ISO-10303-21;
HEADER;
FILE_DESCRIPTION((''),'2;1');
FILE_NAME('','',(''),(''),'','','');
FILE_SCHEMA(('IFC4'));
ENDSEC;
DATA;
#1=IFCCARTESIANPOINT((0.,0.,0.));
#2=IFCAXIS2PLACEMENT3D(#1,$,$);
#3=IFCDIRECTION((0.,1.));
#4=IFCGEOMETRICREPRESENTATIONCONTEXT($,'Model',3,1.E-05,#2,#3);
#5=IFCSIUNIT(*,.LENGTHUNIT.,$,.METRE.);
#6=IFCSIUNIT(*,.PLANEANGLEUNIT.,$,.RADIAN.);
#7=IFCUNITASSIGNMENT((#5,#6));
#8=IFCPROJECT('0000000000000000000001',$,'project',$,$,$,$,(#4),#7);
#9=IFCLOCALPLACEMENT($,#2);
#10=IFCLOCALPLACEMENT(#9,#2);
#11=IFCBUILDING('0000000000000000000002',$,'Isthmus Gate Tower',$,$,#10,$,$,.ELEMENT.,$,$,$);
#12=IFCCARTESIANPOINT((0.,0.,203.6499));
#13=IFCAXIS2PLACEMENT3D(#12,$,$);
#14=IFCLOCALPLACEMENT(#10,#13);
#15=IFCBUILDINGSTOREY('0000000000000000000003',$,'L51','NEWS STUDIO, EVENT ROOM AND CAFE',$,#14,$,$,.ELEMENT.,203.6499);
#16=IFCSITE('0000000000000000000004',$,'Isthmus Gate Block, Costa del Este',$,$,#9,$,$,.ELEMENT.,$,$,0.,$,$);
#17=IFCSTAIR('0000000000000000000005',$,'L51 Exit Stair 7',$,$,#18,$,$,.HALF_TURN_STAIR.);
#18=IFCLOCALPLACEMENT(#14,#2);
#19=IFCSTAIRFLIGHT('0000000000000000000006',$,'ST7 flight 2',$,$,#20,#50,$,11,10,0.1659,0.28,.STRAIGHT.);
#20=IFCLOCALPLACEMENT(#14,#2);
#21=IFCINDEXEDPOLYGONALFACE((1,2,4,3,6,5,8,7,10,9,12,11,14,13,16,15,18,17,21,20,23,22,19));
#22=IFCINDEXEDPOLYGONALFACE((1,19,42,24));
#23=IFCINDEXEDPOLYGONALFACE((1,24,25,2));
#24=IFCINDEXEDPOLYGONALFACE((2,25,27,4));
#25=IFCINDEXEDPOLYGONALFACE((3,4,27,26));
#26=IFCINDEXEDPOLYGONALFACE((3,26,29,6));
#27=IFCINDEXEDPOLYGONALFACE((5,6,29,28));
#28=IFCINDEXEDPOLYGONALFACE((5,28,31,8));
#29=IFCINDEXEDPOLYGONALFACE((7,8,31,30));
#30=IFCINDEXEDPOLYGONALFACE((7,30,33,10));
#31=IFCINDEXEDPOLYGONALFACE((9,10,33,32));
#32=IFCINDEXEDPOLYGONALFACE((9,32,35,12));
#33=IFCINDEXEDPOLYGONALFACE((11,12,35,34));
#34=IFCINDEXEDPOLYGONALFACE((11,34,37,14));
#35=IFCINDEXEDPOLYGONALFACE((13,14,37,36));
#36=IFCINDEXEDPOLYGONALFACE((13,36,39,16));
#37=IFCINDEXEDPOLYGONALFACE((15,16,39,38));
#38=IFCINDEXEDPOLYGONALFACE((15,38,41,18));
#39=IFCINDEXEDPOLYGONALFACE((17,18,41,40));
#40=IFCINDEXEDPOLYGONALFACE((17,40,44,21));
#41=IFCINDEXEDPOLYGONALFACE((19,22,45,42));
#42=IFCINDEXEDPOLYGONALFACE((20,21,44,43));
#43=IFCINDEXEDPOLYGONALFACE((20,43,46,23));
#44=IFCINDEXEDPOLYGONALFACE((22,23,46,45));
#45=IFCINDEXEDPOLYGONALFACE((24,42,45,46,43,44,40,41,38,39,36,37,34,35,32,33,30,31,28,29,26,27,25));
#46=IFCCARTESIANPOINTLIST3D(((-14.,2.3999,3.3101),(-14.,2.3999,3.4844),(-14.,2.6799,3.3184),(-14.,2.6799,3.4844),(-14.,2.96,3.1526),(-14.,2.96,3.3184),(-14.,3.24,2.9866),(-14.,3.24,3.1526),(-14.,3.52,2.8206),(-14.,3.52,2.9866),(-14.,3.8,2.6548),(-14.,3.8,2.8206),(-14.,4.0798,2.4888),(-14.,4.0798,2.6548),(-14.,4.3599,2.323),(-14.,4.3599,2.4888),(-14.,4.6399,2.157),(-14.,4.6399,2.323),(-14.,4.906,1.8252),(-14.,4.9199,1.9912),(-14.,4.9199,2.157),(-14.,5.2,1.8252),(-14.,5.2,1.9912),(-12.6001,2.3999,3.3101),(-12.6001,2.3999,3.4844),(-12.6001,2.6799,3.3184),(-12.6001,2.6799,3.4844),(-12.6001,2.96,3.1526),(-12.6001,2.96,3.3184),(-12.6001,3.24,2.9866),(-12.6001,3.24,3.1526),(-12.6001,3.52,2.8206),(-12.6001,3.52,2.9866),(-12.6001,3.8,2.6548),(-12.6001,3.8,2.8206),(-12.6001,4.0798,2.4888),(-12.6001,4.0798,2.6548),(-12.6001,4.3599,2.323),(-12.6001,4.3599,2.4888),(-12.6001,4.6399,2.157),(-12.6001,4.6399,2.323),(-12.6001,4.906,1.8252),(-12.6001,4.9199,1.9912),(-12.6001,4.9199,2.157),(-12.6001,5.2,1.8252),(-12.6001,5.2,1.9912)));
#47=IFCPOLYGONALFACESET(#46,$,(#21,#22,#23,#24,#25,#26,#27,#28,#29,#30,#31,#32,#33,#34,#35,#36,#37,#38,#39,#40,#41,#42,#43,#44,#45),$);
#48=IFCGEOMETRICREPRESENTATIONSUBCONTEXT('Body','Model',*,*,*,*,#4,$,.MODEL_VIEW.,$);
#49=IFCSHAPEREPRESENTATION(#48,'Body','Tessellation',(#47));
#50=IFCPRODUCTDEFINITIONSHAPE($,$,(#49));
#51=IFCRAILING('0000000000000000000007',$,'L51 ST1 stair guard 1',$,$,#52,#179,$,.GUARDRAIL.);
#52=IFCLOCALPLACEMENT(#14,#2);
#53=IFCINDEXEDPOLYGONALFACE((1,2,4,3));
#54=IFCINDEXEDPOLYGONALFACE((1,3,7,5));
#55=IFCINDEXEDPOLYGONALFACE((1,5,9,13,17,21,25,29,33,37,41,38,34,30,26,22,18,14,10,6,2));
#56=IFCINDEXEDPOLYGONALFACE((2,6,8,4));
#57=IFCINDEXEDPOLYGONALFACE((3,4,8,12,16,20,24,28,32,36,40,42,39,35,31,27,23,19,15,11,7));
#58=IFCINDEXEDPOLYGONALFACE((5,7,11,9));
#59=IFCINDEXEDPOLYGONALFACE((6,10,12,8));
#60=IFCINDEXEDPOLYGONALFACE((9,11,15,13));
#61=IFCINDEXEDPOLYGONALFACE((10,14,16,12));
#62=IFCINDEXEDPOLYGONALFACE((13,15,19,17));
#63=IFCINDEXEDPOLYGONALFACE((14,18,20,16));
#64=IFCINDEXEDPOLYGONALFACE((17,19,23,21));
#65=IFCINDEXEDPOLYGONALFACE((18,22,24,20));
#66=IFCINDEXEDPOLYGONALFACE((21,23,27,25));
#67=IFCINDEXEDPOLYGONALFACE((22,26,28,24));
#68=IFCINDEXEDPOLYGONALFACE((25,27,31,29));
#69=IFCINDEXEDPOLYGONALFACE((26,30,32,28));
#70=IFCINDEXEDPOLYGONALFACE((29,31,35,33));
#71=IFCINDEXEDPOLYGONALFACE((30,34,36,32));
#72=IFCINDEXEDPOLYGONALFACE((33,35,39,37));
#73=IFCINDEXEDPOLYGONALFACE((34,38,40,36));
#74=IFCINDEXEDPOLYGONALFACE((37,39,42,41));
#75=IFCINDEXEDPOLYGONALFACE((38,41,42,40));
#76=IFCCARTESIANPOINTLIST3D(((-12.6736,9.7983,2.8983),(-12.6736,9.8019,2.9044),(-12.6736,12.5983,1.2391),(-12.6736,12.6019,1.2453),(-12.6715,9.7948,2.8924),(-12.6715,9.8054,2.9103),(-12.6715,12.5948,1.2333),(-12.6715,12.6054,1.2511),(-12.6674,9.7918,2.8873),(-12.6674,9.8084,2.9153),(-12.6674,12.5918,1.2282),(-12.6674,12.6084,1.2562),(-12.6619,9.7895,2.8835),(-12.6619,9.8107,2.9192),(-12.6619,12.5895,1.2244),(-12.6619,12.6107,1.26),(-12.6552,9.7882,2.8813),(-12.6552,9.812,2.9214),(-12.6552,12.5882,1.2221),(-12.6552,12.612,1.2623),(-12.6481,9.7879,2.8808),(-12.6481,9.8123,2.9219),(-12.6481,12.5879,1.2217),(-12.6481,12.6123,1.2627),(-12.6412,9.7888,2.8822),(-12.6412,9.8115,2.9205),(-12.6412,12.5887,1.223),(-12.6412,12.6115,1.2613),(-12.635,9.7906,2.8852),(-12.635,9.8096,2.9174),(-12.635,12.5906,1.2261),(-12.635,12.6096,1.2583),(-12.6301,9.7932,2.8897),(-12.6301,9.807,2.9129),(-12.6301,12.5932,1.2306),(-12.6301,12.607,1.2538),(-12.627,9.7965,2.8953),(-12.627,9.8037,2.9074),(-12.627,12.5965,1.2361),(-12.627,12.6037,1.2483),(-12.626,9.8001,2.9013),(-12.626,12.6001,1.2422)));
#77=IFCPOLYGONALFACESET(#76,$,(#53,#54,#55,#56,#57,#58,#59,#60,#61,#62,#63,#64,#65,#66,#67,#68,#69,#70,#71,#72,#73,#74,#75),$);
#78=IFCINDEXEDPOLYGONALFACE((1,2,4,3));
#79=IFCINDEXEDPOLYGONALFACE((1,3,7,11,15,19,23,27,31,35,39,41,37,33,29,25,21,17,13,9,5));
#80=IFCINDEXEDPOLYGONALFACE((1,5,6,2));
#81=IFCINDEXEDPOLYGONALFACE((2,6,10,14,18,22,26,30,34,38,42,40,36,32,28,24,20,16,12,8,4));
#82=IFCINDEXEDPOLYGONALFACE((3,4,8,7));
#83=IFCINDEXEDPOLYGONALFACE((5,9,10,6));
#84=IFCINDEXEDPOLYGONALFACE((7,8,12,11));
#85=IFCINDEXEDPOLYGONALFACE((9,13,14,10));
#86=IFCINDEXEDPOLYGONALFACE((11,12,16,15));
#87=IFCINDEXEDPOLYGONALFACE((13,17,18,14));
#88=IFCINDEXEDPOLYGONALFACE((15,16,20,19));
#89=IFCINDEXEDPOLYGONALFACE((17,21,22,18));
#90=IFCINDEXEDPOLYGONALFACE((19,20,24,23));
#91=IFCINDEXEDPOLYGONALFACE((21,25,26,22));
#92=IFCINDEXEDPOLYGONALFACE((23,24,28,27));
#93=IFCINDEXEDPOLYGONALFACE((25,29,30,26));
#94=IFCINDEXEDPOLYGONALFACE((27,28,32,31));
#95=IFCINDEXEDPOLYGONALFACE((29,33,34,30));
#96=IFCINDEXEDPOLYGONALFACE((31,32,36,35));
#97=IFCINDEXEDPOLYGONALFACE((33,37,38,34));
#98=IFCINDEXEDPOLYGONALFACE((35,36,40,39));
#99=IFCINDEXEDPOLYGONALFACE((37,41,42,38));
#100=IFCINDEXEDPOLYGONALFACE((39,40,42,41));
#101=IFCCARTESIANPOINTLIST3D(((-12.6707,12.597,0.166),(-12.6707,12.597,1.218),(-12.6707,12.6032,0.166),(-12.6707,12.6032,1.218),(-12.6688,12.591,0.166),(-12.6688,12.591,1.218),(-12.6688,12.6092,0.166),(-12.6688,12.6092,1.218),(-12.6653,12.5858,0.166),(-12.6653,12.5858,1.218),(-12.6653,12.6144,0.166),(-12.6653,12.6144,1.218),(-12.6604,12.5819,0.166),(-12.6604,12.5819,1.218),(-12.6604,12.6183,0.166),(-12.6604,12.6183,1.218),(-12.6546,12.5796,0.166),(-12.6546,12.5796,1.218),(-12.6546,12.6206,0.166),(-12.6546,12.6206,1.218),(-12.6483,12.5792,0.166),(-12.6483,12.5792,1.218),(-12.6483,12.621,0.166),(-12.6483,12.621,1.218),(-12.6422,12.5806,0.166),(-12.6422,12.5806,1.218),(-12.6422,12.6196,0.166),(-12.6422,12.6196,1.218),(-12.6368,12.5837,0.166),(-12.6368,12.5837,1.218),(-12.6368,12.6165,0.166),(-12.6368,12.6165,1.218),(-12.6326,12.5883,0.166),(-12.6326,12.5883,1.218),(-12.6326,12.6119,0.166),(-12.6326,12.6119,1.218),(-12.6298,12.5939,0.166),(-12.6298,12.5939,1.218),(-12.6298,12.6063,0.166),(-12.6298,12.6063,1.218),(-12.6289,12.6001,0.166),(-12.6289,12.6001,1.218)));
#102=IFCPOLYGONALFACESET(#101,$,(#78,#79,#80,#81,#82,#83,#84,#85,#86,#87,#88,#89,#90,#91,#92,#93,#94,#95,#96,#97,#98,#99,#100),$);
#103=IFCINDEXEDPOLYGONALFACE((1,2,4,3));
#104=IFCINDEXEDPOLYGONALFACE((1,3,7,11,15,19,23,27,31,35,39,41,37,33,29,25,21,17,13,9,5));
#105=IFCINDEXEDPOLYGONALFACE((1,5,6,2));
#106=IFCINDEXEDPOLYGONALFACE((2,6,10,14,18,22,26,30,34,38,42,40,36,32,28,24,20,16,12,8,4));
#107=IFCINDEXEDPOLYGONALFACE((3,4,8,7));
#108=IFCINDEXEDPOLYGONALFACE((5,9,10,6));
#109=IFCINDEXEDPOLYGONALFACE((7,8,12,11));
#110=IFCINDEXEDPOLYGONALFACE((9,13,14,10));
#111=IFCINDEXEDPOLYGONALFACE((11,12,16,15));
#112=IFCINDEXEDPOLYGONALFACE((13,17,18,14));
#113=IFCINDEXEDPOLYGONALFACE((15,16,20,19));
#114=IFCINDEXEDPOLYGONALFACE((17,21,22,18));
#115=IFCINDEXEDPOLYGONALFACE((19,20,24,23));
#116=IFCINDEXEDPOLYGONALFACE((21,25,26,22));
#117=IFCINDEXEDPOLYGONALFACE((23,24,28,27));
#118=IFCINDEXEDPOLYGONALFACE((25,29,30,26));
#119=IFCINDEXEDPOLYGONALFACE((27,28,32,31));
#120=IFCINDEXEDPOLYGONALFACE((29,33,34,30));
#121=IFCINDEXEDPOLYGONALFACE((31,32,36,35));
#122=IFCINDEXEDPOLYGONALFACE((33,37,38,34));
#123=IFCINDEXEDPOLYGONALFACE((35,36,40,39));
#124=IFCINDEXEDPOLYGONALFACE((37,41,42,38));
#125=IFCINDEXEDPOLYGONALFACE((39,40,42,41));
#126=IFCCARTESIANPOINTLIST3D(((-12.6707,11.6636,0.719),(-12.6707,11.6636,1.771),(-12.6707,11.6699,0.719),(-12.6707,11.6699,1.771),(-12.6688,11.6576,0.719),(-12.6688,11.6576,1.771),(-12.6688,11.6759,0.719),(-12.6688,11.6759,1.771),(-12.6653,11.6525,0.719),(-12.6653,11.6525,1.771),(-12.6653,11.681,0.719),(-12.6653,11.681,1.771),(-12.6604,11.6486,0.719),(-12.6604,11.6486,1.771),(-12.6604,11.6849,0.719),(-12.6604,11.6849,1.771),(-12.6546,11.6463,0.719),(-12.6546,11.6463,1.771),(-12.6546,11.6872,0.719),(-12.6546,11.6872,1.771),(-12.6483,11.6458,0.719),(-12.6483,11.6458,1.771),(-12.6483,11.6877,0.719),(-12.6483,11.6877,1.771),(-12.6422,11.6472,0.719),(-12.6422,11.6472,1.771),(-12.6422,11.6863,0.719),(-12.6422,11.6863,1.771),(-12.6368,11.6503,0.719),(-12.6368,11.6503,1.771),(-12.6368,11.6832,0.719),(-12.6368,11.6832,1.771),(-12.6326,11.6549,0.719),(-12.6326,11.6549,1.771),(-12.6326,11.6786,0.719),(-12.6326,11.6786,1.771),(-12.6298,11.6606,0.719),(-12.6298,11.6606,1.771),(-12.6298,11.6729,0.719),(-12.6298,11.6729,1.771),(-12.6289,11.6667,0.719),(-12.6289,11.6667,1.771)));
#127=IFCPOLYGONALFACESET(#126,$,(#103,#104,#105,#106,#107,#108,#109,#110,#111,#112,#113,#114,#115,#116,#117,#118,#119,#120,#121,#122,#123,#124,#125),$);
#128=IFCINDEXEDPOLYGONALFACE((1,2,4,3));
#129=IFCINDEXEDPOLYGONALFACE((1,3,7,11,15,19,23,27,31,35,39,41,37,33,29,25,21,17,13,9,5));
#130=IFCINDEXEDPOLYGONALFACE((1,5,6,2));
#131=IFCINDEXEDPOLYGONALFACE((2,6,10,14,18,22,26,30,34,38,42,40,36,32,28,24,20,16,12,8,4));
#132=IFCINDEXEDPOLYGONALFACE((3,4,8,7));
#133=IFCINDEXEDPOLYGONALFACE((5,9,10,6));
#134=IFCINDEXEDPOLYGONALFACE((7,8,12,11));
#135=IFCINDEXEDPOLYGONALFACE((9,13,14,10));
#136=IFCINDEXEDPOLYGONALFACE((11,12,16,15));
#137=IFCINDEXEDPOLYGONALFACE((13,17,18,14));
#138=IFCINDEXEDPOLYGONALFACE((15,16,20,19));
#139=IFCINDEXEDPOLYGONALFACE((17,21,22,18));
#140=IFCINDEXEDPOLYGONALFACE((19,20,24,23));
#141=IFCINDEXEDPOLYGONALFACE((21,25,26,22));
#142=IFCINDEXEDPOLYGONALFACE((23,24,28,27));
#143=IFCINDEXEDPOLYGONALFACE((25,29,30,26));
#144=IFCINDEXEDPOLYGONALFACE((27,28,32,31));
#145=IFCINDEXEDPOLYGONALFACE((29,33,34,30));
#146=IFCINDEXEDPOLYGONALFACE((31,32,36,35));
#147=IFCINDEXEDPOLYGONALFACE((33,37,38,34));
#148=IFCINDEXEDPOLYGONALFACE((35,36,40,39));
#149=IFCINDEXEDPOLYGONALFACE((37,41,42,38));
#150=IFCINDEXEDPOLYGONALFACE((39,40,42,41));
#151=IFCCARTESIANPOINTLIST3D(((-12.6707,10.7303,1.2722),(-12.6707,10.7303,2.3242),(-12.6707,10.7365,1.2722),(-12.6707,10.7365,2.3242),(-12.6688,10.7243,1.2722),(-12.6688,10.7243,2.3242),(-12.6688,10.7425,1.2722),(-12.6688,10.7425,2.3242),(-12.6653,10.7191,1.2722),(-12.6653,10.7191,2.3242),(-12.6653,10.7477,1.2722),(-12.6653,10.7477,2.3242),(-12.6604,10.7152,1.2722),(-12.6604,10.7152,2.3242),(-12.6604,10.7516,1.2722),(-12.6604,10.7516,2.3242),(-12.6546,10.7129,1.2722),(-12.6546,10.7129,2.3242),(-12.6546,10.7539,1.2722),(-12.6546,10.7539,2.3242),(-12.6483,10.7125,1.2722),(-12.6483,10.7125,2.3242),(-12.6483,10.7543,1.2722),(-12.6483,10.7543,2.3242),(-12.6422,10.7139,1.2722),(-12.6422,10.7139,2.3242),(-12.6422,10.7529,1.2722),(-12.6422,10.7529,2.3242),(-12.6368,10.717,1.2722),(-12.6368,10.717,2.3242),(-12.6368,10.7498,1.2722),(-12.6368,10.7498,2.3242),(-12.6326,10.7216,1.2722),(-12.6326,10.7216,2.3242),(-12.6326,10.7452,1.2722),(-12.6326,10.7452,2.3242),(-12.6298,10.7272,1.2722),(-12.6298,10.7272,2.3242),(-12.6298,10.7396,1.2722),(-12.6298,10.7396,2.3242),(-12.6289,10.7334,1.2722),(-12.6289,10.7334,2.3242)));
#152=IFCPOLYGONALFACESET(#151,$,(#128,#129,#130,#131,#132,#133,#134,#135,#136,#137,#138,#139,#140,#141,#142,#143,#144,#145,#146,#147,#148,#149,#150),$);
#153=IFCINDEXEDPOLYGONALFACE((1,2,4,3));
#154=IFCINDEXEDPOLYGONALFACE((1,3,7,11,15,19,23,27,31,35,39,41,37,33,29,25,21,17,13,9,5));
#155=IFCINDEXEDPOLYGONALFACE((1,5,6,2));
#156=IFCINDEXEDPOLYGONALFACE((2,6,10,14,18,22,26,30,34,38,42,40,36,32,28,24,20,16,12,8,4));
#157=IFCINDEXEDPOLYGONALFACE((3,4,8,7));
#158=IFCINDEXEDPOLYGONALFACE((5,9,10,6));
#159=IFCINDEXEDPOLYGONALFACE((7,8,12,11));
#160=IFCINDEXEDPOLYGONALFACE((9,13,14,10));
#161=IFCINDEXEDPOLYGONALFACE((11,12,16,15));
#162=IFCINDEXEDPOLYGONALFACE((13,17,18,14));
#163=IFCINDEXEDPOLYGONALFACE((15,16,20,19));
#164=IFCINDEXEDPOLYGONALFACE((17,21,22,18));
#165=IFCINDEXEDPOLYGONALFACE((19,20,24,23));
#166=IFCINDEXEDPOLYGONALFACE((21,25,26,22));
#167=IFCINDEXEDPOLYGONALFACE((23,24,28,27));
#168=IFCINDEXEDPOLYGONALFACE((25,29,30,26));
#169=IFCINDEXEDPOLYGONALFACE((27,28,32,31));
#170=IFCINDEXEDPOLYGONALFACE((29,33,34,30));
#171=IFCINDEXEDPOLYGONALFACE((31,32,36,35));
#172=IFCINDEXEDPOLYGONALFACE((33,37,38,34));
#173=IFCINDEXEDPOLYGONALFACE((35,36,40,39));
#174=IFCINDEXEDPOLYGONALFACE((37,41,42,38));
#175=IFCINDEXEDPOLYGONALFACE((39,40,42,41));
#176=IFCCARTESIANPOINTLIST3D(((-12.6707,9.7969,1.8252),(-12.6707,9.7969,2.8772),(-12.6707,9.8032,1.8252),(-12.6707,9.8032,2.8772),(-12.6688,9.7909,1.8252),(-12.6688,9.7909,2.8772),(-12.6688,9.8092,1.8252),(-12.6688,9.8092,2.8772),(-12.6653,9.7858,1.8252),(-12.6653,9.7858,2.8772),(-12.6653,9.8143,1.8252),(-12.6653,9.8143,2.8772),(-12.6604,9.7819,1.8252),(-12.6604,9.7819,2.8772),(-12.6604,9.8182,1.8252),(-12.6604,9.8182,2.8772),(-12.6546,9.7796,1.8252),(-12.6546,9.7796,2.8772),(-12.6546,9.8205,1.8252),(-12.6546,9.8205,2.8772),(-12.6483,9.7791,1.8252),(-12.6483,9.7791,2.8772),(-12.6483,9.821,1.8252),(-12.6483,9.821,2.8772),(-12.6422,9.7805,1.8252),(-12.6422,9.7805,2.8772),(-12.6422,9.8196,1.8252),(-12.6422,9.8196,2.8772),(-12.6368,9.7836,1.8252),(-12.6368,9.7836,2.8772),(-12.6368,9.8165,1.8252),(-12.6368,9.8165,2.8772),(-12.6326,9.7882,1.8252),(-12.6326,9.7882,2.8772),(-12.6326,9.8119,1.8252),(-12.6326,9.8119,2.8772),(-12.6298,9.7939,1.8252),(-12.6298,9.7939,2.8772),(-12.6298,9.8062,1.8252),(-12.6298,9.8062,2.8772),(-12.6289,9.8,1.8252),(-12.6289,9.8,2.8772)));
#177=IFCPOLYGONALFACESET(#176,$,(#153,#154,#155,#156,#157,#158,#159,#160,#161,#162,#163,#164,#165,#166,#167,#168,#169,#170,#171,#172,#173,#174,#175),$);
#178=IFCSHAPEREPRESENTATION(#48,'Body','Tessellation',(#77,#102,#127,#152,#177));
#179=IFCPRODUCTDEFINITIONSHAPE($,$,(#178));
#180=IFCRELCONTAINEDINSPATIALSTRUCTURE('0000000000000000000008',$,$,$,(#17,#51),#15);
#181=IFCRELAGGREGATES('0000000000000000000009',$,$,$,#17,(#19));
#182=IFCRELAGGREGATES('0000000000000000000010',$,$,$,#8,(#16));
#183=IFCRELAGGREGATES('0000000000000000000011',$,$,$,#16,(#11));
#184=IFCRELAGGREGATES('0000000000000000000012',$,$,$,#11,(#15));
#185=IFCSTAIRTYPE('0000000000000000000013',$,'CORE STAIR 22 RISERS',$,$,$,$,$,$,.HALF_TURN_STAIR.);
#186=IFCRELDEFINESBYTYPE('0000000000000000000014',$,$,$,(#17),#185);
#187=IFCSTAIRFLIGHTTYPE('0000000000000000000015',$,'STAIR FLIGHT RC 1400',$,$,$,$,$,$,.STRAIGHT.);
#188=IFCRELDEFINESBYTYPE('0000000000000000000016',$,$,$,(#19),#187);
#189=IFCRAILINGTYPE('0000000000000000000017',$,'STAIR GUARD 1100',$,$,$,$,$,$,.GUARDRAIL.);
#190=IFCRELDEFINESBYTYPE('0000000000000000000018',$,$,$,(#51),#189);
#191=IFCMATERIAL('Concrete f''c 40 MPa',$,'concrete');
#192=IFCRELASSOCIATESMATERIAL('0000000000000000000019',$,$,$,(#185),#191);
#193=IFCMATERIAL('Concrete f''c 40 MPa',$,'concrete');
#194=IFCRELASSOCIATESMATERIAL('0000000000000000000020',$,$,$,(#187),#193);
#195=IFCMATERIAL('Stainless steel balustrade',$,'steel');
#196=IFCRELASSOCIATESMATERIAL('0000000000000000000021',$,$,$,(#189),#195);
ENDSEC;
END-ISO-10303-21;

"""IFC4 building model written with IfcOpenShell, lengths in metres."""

from ifc_helpers import new_model, si_unit, direction, frame, origin, origin_2d, place, context, subcontext, project, spatial, polyline, circle, outline, extrude, material, type_object, element, aggregate, save


model = new_model("IFC4")

# Units and contexts
model_context = context("Model", 3, precision=1e-05, world=origin(), true_north=direction((0.0, 1.0)))
body_context = subcontext(model_context, "Body", "Model", "MODEL_VIEW")
ifc_project = project(units=[si_unit("LENGTHUNIT", "METRE"), si_unit("PLANEANGLEUNIT", "RADIAN")], contexts=[model_context])

# Site, building, storey
site_placement = place(None, origin())
site = spatial("IfcSite", under=ifc_project, at=site_placement, Name="Isthmus Gate Block, Costa del Este", CompositionType="ELEMENT", RefElevation=0.0)
building_placement = place(site_placement, origin())
building = spatial("IfcBuilding", under=site, at=building_placement, Name="Isthmus Gate Tower", CompositionType="ELEMENT")
storey_placement = place(building_placement, frame((0.0, 0.0, 203.6499)))
storey = spatial("IfcBuildingStorey", under=building, at=storey_placement, Name="L51", Description="NEWS STUDIO, EVENT ROOM AND CAFE", CompositionType="ELEMENT", Elevation=203.6499)

# Stair, stair flight
ifc_material_1 = material(Name="Concrete f'c 40 MPa", Category="concrete")
stair_type = type_object("IfcStairType", Name="CORE STAIR 22 RISERS", PredefinedType="HALF_TURN_STAIR", material=ifc_material_1)
ifc_material_2 = material(Name="Concrete f'c 40 MPa", Category="concrete")
stair_flight_type = type_object("IfcStairFlightType", Name="STAIR FLIGHT RC 1400", PredefinedType="STRAIGHT", material=ifc_material_2)
stair_1_placement = place(storey_placement, origin())
stair_1 = element("IfcStair", 1, at=stair_1_placement, inside=storey, type_object=stair_type, Name="L51 Exit Stair 7", PredefinedType="HALF_TURN_STAIR")
stair_flight_1_placement = place(storey_placement, frame((-13.3, 5.2, 1.8252), z_axis=(0.0, 0.0, 1.0), x_axis=(0.0, -1.0, 0.0)))
stair_flight_1 = element("IfcStairFlight", 2, at=stair_flight_1_placement, type_object=stair_flight_type, Name="ST7 flight 2", NumberOfRisers=11, NumberOfTreads=10, PredefinedType="STRAIGHT", RiserHeight=0.1659, TreadLength=0.28, context=body_context, shape_type="SweptSolid", body=[
    extrude(outline(polyline([(0.0, 0.0), (0.0, 0.166), (0.28, 0.166), (0.28, 0.3318), (0.5601, 0.3318), (0.5601, 0.4978), (0.8401, 0.4978), (0.8401, 0.6636), (1.1201, 0.6636), (1.1201, 0.8296), (1.3999, 0.8296), (1.3999, 0.9954), (1.6799, 0.9954), (1.6799, 1.1614), (1.96, 1.1614), (1.96, 1.3274), (2.24, 1.3274), (2.24, 1.4932), (2.52, 1.4932), (2.52, 1.6592), (2.8, 1.6592), (2.8, 1.825), (2.8, 1.4849), (0.2939, 0.0), (0.0, 0.0)])), frame((0.0, 0.7, 0.0), z_axis=(0.0, -1.0, 0.0), x_axis=(1.0, 0.0, 0.0)), (0.0, 0.0, 1.0), 1.3999),
])
aggregate(stair_1, [stair_flight_1])

# Railing
ifc_material_3 = material(Name="Stainless steel balustrade", Category="steel")
railing_type_1 = type_object("IfcRailingType", Name="STAIR GUARD 1100", PredefinedType="GUARDRAIL", material=ifc_material_3)
railing_1_placement = place(storey_placement, frame((-12.6499, 12.6001, 0.166)))
element("IfcRailing", 3, at=railing_1_placement, inside=storey, type_object=railing_type_1, Name="L51 ST1 stair guard 1", PredefinedType="GUARDRAIL", context=body_context, shape_type="SweptSolid", body=[
    extrude(circle(Radius=0.0239, at=origin_2d()), frame((0.0, 0.0, 1.0762), z_axis=(0.0, -0.860306, 0.509778), x_axis=(1.0, 0.0, 0.0)), (0.0, 0.0, 1.0), 3.2546),
    extrude(circle(Radius=0.021, at=origin_2d()), origin(), (0.0, 0.0, 1.0), 1.052),
    extrude(circle(Radius=0.021, at=origin_2d()), frame((0.0, -0.9333, 0.553)), (0.0, 0.0, 1.0), 1.052),
    extrude(circle(Radius=0.021, at=origin_2d()), frame((0.0, -1.8667, 1.1062)), (0.0, 0.0, 1.0), 1.052),
    extrude(circle(Radius=0.021, at=origin_2d()), frame((0.0, -2.8, 1.6592)), (0.0, 0.0, 1.0), 1.052),
])

save(model, "model.ifc")
